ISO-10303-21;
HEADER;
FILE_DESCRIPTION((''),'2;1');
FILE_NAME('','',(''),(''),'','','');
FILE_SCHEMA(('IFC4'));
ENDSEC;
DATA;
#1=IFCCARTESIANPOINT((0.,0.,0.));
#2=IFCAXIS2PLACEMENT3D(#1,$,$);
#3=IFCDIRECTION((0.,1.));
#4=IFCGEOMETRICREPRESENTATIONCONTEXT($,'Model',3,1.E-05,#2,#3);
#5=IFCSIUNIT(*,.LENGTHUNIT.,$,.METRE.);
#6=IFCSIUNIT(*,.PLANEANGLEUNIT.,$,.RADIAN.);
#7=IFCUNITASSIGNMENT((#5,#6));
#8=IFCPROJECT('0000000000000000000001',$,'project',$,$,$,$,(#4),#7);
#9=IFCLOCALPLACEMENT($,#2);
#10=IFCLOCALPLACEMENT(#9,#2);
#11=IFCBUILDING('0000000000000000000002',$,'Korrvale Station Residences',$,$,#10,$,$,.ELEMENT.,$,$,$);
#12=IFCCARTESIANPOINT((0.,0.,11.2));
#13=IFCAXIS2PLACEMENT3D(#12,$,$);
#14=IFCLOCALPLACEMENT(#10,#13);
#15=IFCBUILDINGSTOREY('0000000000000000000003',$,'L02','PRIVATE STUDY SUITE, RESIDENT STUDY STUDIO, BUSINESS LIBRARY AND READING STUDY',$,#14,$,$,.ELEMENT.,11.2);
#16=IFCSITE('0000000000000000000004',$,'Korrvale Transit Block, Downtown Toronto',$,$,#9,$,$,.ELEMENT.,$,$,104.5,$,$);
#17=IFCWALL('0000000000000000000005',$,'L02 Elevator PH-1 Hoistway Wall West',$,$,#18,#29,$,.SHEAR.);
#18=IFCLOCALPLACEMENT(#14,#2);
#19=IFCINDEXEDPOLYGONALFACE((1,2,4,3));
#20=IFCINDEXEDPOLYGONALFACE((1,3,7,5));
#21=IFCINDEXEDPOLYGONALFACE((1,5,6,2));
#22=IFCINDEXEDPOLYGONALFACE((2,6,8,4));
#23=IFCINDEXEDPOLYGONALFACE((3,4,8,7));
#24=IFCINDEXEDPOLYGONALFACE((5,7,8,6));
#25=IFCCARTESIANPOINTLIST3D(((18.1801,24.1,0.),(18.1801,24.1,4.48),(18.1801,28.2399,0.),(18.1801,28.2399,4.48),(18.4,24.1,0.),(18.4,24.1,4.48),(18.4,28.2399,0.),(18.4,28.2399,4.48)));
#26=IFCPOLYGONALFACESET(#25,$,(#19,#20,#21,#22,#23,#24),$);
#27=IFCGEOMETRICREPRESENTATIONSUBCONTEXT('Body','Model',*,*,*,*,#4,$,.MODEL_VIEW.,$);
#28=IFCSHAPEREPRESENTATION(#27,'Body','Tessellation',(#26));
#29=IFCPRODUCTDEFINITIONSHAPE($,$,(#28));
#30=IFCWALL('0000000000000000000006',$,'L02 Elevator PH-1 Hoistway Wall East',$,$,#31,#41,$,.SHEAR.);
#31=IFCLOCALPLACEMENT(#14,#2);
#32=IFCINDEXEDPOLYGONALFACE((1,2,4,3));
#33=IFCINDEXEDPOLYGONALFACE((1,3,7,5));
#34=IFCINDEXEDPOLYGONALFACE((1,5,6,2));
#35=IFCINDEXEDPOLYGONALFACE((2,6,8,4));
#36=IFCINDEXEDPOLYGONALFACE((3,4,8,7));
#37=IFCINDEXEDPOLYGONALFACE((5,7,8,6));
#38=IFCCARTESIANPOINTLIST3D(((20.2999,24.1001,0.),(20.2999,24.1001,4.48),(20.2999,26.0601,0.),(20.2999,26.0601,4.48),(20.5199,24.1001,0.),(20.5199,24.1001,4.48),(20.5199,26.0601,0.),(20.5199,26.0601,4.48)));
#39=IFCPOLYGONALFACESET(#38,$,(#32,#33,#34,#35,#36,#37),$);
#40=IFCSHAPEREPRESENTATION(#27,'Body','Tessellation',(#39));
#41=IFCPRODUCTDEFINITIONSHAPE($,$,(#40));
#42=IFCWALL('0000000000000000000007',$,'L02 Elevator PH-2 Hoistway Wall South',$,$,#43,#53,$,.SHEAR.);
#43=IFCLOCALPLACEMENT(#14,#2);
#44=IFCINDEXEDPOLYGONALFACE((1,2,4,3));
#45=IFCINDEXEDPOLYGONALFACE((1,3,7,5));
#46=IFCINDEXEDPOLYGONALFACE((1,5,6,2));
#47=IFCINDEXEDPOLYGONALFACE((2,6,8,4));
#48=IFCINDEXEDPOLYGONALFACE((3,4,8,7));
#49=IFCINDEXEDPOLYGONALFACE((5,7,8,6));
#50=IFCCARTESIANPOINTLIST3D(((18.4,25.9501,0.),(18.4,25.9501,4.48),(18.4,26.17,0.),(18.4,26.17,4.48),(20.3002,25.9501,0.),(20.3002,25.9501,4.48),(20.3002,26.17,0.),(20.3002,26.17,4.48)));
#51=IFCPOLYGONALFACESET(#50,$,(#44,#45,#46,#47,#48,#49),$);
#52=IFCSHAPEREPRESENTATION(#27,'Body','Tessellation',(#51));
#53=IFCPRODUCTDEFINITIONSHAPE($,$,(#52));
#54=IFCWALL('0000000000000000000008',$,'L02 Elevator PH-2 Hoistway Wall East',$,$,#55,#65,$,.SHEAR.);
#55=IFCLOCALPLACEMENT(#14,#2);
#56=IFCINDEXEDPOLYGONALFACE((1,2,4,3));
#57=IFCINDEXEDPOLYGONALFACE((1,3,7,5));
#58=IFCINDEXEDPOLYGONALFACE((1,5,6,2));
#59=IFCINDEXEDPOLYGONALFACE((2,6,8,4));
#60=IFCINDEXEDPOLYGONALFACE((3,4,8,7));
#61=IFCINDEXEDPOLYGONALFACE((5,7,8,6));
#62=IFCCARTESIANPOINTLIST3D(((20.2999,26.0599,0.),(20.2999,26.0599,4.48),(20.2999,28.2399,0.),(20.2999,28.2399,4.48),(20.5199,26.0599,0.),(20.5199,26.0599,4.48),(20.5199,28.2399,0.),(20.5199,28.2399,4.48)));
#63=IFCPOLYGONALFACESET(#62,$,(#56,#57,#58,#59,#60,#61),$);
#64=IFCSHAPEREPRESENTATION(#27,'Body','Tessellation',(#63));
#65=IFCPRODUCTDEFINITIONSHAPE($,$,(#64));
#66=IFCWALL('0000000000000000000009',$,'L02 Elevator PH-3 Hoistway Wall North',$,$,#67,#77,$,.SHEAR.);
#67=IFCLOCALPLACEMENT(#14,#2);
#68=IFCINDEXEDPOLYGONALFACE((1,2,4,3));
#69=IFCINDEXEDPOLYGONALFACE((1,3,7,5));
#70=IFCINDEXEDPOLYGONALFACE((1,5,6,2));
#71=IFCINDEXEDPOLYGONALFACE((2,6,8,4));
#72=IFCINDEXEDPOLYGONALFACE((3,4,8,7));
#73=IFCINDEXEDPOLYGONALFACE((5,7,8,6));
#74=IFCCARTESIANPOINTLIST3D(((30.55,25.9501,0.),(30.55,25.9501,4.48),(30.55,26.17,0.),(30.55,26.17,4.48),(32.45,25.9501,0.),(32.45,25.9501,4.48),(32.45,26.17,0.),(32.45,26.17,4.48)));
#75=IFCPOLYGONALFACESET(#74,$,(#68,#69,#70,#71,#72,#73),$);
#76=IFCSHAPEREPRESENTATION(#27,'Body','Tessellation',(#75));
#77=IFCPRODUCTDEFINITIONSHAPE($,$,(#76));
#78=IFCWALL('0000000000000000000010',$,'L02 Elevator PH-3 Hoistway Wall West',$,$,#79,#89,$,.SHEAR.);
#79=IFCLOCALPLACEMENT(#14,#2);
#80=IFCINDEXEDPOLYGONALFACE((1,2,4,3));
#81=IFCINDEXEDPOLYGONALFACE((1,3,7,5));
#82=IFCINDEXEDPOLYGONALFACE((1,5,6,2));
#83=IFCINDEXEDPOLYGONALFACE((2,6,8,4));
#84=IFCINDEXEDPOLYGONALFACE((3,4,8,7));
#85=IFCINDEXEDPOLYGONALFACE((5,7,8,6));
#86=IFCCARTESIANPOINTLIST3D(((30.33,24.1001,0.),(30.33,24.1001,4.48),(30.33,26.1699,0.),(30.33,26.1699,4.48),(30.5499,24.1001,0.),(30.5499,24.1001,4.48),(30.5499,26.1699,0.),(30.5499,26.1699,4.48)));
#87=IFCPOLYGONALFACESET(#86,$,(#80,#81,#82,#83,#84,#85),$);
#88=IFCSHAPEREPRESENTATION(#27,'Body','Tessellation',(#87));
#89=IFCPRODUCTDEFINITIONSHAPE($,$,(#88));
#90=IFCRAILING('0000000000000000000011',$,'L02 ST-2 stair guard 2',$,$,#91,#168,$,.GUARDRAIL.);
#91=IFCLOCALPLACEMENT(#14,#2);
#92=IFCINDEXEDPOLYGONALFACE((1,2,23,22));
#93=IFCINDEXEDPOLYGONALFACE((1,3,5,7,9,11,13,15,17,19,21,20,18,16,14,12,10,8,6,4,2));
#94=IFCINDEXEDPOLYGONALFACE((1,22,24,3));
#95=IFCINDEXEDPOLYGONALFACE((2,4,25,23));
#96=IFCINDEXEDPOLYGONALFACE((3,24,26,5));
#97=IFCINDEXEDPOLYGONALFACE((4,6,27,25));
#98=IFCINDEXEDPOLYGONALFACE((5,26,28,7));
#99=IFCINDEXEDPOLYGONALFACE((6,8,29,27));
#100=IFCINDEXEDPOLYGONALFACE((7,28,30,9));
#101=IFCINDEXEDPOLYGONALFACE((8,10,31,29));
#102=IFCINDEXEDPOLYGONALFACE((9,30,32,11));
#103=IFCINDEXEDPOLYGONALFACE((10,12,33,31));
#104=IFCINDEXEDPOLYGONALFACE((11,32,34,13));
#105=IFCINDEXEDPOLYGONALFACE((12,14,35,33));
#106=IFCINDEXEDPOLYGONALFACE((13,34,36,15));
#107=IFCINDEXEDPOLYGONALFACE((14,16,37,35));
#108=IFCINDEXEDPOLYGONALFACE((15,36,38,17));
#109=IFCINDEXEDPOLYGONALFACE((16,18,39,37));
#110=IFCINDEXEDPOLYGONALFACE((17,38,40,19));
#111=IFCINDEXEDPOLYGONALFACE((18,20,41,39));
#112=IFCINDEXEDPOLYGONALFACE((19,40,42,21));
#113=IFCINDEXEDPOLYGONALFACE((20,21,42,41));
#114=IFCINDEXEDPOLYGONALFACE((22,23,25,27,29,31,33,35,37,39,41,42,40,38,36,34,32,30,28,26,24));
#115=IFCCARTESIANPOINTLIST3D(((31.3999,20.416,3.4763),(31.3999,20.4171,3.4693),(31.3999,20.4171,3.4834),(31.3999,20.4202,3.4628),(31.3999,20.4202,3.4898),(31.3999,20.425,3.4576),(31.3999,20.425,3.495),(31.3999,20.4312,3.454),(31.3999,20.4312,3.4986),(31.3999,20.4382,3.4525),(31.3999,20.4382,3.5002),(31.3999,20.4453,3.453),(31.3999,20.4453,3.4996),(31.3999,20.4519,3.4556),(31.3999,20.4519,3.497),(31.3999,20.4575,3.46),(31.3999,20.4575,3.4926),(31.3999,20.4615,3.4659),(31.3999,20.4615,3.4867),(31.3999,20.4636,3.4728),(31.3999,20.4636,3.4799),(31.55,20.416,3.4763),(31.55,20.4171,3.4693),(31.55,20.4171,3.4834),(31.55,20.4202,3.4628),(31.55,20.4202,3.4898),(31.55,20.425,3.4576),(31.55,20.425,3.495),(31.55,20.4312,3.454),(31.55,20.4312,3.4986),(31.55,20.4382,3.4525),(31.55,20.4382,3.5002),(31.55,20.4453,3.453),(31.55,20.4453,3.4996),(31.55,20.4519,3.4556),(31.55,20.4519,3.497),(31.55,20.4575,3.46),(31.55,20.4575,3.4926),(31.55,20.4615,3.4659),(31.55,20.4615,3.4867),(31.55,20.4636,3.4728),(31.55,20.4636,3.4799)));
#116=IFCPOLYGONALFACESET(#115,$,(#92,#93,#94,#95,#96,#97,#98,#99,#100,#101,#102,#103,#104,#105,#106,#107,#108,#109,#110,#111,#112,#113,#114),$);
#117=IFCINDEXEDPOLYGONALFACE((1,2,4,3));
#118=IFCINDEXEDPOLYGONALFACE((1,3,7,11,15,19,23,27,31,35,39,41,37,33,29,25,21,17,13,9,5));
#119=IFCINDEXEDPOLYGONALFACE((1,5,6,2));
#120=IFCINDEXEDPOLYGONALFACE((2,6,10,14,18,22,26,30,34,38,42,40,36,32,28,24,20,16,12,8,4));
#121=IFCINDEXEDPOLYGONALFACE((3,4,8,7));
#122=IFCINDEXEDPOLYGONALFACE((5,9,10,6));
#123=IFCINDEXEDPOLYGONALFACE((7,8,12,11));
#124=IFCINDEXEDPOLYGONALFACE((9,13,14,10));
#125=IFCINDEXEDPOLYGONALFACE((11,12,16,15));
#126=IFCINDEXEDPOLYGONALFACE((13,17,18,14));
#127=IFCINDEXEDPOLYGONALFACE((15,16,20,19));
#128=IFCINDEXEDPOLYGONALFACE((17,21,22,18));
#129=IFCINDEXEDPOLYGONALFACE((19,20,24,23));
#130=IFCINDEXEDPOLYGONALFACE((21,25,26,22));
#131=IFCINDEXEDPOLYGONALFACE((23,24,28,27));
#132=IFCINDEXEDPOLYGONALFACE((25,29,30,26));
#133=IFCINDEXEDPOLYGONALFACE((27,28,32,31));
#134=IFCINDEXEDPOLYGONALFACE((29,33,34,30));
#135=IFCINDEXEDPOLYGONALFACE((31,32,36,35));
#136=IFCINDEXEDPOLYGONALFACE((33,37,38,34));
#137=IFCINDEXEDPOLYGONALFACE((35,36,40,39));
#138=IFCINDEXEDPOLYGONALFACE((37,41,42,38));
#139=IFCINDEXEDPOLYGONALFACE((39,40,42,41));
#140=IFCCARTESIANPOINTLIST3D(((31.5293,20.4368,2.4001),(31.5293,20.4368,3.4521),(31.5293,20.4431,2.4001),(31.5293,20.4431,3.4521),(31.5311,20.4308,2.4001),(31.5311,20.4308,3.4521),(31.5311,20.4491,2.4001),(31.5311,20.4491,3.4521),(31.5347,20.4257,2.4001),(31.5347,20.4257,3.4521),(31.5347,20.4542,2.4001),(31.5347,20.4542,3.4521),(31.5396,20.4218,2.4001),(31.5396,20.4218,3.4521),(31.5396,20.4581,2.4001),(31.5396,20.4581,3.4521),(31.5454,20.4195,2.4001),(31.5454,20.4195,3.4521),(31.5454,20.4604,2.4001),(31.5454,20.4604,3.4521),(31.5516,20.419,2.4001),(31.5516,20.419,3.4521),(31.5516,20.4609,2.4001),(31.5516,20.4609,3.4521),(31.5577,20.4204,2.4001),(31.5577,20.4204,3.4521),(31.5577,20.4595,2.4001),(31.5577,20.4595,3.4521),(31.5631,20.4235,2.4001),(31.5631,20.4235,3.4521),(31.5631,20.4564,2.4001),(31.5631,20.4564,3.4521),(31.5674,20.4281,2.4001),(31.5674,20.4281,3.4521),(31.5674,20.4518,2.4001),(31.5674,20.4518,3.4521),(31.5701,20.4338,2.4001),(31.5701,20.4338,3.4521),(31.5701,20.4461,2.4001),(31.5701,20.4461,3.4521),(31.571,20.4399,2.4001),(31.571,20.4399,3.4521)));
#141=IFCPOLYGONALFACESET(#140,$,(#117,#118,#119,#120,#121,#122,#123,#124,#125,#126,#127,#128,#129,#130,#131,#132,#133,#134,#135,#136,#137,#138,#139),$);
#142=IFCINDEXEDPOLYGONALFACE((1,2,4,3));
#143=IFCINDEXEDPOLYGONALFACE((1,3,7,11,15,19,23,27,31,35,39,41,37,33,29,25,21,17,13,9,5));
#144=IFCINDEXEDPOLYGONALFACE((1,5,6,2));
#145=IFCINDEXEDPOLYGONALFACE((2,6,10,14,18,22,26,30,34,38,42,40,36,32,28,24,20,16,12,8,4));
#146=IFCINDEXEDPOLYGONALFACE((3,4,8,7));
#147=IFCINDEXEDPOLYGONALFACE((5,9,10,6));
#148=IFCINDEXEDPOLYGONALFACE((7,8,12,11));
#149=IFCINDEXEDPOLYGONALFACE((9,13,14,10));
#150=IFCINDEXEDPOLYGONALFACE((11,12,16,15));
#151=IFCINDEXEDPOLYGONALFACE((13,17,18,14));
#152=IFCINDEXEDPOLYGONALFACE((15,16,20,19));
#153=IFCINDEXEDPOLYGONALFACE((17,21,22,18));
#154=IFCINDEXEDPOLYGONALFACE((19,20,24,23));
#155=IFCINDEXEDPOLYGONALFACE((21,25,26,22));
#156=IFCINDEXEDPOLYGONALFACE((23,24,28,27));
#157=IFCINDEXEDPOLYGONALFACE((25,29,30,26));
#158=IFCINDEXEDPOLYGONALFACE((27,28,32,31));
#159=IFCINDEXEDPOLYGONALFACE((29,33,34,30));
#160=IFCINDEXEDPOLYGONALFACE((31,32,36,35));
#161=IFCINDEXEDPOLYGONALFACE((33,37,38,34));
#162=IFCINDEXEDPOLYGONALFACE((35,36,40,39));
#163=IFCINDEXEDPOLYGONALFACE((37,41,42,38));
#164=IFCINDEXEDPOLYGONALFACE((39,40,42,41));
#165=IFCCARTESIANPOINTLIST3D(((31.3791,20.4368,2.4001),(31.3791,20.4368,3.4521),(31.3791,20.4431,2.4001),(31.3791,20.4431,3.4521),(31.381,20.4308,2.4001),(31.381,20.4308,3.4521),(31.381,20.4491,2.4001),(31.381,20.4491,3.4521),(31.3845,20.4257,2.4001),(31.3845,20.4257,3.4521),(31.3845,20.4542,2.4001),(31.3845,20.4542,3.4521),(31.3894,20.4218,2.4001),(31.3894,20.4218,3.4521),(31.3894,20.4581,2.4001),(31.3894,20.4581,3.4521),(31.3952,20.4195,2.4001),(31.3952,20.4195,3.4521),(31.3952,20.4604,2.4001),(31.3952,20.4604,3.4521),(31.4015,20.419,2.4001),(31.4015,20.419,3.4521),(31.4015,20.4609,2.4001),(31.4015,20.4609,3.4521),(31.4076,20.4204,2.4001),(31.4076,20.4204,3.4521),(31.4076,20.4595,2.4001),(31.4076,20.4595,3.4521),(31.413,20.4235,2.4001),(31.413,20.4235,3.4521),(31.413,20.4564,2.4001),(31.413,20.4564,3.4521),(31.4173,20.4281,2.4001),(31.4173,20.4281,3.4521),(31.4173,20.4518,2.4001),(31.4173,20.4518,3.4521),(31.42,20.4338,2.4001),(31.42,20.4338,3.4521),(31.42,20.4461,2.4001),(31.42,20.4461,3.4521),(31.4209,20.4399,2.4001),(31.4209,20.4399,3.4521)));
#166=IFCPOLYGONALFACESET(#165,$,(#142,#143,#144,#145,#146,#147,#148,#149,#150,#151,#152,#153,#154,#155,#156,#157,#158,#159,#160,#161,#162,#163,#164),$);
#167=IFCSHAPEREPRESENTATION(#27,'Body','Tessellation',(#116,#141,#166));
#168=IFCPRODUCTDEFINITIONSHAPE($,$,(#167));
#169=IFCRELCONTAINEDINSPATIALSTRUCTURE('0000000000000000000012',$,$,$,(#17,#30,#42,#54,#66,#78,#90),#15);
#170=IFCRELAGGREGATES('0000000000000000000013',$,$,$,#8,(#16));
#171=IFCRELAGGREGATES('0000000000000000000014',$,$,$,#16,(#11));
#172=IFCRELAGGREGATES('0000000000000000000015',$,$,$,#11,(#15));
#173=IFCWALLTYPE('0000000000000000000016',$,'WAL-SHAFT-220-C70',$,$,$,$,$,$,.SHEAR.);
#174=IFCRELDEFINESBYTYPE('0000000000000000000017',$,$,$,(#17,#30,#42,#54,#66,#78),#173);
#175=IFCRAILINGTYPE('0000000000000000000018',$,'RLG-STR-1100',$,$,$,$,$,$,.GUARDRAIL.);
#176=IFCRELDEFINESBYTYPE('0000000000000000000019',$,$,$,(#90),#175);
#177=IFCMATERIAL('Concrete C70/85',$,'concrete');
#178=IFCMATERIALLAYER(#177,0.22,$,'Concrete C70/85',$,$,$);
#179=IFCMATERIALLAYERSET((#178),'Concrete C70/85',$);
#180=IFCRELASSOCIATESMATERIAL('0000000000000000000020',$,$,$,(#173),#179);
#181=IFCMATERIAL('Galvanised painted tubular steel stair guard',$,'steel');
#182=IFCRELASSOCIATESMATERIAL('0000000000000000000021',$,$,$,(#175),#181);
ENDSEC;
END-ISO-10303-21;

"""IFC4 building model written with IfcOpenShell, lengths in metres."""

from ifc_helpers import new_model, si_unit, direction, frame, frame_2d, origin, origin_2d, place, context, subcontext, project, spatial, rectangle, circle, extrude, material, layer, layer_set, type_object, element, save


model = new_model("IFC4")

# Units and contexts
model_context = context("Model", 3, precision=1e-05, world=origin(), true_north=direction((0.0, 1.0)))
body_context = subcontext(model_context, "Body", "Model", "MODEL_VIEW")
ifc_project = project(units=[si_unit("LENGTHUNIT", "METRE"), si_unit("PLANEANGLEUNIT", "RADIAN")], contexts=[model_context])

# Site, building, storey
site_placement = place(None, origin())
site = spatial("IfcSite", under=ifc_project, at=site_placement, Name="Korrvale Transit Block, Downtown Toronto", CompositionType="ELEMENT", RefElevation=104.5)
building_placement = place(site_placement, origin())
building = spatial("IfcBuilding", under=site, at=building_placement, Name="Korrvale Station Residences", CompositionType="ELEMENT")
storey_placement = place(building_placement, frame((0.0, 0.0, 11.2)))
storey = spatial("IfcBuildingStorey", under=building, at=storey_placement, Name="L02", Description="PRIVATE STUDY SUITE, RESIDENT STUDY STUDIO, BUSINESS LIBRARY AND READING STUDY", CompositionType="ELEMENT", Elevation=11.2)

# Shared definitions
ifc_material_1 = material(Name="Concrete C70/85", Category="concrete")

# Walls
ifc_layer_1 = layer(ifc_material_1, 0.22, Name="Concrete C70/85")
ifc_layer_set_1 = layer_set([ifc_layer_1], Name="Concrete C70/85")
wall_type_1 = type_object("IfcWallType", Name="WAL-SHAFT-220-C70", PredefinedType="SHEAR", material=ifc_layer_set_1)
wall_1_placement = place(storey_placement, frame((18.29, 24.1001, 0.0), z_axis=(0.0, 0.0, 1.0), x_axis=(0.0, 1.0, 0.0)))
element("IfcWall", 1, at=wall_1_placement, inside=storey, type_object=wall_type_1, Name="L02 Elevator PH-1 Hoistway Wall West", PredefinedType="SHEAR", context=body_context, shape_type="SweptSolid", body=[
    extrude(rectangle(XDim=4.1399, YDim=0.22, at=frame_2d((2.0698, 0.0))), origin(), (0.0, 0.0, 1.0), 4.48),
])
wall_2_placement = place(storey_placement, frame((20.4099, 24.1001, 0.0), z_axis=(0.0, 0.0, 1.0), x_axis=(0.0, 1.0, 0.0)))
element("IfcWall", 2, at=wall_2_placement, inside=storey, type_object=wall_type_1, Name="L02 Elevator PH-1 Hoistway Wall East", PredefinedType="SHEAR", context=body_context, shape_type="SweptSolid", body=[
    extrude(rectangle(XDim=1.96, YDim=0.22, at=frame_2d((0.98, 0.0))), origin(), (0.0, 0.0, 1.0), 4.48),
])
wall_3_placement = place(storey_placement, frame((18.3999, 26.0601, 0.0), z_axis=(0.0, 0.0, 1.0), x_axis=(1.0, 0.0, 0.0)))
element("IfcWall", 3, at=wall_3_placement, inside=storey, type_object=wall_type_1, Name="L02 Elevator PH-2 Hoistway Wall South", PredefinedType="SHEAR", context=body_context, shape_type="SweptSolid", body=[
    extrude(rectangle(XDim=1.9001, YDim=0.22, at=frame_2d((0.9502, 0.0))), origin(), (0.0, 0.0, 1.0), 4.48),
])
wall_4_placement = place(storey_placement, frame((20.4099, 26.0601, 0.0), z_axis=(0.0, 0.0, 1.0), x_axis=(0.0, 1.0, 0.0)))
element("IfcWall", 4, at=wall_4_placement, inside=storey, type_object=wall_type_1, Name="L02 Elevator PH-2 Hoistway Wall East", PredefinedType="SHEAR", context=body_context, shape_type="SweptSolid", body=[
    extrude(rectangle(XDim=2.1799, YDim=0.22, at=frame_2d((1.0898, 0.0))), origin(), (0.0, 0.0, 1.0), 4.48),
])
wall_5_placement = place(storey_placement, frame((30.55, 26.0601, 0.0), z_axis=(0.0, 0.0, 1.0), x_axis=(1.0, 0.0, 0.0)))
element("IfcWall", 5, at=wall_5_placement, inside=storey, type_object=wall_type_1, Name="L02 Elevator PH-3 Hoistway Wall North", PredefinedType="SHEAR", context=body_context, shape_type="SweptSolid", body=[
    extrude(rectangle(XDim=1.8999, YDim=0.22, at=frame_2d((0.95, 0.0))), origin(), (0.0, 0.0, 1.0), 4.48),
])
wall_6_placement = place(storey_placement, frame((30.4399, 24.1001, 0.0), z_axis=(0.0, 0.0, 1.0), x_axis=(0.0, 1.0, 0.0)))
element("IfcWall", 6, at=wall_6_placement, inside=storey, type_object=wall_type_1, Name="L02 Elevator PH-3 Hoistway Wall West", PredefinedType="SHEAR", context=body_context, shape_type="SweptSolid", body=[
    extrude(rectangle(XDim=2.0698, YDim=0.22, at=frame_2d((1.0349, 0.0))), origin(), (0.0, 0.0, 1.0), 4.48),
])

# Railing
ifc_material_2 = material(Name="Galvanised painted tubular steel stair guard", Category="steel")
railing_type = type_object("IfcRailingType", Name="RLG-STR-1100", PredefinedType="GUARDRAIL", material=ifc_material_2)
railing_placement = place(storey_placement, frame((31.55, 20.4399, 2.4001)))
element("IfcRailing", 7, at=railing_placement, inside=storey, type_object=railing_type, Name="L02 ST-2 stair guard 2", PredefinedType="GUARDRAIL", context=body_context, shape_type="SweptSolid", body=[
    extrude(circle(Radius=0.0239, at=origin_2d()), frame((0.0, 0.0, 1.0762), z_axis=(-1.0, 0.0, 0.0), x_axis=(0.0, -1.0, 0.0)), (0.0, 0.0, 1.0), 0.1501),
    extrude(circle(Radius=0.021, at=origin_2d()), origin(), (0.0, 0.0, 1.0), 1.052),
    extrude(circle(Radius=0.021, at=origin_2d()), frame((-0.1501, 0.0, 0.0)), (0.0, 0.0, 1.0), 1.052),
])

save(model, "model.ifc")
